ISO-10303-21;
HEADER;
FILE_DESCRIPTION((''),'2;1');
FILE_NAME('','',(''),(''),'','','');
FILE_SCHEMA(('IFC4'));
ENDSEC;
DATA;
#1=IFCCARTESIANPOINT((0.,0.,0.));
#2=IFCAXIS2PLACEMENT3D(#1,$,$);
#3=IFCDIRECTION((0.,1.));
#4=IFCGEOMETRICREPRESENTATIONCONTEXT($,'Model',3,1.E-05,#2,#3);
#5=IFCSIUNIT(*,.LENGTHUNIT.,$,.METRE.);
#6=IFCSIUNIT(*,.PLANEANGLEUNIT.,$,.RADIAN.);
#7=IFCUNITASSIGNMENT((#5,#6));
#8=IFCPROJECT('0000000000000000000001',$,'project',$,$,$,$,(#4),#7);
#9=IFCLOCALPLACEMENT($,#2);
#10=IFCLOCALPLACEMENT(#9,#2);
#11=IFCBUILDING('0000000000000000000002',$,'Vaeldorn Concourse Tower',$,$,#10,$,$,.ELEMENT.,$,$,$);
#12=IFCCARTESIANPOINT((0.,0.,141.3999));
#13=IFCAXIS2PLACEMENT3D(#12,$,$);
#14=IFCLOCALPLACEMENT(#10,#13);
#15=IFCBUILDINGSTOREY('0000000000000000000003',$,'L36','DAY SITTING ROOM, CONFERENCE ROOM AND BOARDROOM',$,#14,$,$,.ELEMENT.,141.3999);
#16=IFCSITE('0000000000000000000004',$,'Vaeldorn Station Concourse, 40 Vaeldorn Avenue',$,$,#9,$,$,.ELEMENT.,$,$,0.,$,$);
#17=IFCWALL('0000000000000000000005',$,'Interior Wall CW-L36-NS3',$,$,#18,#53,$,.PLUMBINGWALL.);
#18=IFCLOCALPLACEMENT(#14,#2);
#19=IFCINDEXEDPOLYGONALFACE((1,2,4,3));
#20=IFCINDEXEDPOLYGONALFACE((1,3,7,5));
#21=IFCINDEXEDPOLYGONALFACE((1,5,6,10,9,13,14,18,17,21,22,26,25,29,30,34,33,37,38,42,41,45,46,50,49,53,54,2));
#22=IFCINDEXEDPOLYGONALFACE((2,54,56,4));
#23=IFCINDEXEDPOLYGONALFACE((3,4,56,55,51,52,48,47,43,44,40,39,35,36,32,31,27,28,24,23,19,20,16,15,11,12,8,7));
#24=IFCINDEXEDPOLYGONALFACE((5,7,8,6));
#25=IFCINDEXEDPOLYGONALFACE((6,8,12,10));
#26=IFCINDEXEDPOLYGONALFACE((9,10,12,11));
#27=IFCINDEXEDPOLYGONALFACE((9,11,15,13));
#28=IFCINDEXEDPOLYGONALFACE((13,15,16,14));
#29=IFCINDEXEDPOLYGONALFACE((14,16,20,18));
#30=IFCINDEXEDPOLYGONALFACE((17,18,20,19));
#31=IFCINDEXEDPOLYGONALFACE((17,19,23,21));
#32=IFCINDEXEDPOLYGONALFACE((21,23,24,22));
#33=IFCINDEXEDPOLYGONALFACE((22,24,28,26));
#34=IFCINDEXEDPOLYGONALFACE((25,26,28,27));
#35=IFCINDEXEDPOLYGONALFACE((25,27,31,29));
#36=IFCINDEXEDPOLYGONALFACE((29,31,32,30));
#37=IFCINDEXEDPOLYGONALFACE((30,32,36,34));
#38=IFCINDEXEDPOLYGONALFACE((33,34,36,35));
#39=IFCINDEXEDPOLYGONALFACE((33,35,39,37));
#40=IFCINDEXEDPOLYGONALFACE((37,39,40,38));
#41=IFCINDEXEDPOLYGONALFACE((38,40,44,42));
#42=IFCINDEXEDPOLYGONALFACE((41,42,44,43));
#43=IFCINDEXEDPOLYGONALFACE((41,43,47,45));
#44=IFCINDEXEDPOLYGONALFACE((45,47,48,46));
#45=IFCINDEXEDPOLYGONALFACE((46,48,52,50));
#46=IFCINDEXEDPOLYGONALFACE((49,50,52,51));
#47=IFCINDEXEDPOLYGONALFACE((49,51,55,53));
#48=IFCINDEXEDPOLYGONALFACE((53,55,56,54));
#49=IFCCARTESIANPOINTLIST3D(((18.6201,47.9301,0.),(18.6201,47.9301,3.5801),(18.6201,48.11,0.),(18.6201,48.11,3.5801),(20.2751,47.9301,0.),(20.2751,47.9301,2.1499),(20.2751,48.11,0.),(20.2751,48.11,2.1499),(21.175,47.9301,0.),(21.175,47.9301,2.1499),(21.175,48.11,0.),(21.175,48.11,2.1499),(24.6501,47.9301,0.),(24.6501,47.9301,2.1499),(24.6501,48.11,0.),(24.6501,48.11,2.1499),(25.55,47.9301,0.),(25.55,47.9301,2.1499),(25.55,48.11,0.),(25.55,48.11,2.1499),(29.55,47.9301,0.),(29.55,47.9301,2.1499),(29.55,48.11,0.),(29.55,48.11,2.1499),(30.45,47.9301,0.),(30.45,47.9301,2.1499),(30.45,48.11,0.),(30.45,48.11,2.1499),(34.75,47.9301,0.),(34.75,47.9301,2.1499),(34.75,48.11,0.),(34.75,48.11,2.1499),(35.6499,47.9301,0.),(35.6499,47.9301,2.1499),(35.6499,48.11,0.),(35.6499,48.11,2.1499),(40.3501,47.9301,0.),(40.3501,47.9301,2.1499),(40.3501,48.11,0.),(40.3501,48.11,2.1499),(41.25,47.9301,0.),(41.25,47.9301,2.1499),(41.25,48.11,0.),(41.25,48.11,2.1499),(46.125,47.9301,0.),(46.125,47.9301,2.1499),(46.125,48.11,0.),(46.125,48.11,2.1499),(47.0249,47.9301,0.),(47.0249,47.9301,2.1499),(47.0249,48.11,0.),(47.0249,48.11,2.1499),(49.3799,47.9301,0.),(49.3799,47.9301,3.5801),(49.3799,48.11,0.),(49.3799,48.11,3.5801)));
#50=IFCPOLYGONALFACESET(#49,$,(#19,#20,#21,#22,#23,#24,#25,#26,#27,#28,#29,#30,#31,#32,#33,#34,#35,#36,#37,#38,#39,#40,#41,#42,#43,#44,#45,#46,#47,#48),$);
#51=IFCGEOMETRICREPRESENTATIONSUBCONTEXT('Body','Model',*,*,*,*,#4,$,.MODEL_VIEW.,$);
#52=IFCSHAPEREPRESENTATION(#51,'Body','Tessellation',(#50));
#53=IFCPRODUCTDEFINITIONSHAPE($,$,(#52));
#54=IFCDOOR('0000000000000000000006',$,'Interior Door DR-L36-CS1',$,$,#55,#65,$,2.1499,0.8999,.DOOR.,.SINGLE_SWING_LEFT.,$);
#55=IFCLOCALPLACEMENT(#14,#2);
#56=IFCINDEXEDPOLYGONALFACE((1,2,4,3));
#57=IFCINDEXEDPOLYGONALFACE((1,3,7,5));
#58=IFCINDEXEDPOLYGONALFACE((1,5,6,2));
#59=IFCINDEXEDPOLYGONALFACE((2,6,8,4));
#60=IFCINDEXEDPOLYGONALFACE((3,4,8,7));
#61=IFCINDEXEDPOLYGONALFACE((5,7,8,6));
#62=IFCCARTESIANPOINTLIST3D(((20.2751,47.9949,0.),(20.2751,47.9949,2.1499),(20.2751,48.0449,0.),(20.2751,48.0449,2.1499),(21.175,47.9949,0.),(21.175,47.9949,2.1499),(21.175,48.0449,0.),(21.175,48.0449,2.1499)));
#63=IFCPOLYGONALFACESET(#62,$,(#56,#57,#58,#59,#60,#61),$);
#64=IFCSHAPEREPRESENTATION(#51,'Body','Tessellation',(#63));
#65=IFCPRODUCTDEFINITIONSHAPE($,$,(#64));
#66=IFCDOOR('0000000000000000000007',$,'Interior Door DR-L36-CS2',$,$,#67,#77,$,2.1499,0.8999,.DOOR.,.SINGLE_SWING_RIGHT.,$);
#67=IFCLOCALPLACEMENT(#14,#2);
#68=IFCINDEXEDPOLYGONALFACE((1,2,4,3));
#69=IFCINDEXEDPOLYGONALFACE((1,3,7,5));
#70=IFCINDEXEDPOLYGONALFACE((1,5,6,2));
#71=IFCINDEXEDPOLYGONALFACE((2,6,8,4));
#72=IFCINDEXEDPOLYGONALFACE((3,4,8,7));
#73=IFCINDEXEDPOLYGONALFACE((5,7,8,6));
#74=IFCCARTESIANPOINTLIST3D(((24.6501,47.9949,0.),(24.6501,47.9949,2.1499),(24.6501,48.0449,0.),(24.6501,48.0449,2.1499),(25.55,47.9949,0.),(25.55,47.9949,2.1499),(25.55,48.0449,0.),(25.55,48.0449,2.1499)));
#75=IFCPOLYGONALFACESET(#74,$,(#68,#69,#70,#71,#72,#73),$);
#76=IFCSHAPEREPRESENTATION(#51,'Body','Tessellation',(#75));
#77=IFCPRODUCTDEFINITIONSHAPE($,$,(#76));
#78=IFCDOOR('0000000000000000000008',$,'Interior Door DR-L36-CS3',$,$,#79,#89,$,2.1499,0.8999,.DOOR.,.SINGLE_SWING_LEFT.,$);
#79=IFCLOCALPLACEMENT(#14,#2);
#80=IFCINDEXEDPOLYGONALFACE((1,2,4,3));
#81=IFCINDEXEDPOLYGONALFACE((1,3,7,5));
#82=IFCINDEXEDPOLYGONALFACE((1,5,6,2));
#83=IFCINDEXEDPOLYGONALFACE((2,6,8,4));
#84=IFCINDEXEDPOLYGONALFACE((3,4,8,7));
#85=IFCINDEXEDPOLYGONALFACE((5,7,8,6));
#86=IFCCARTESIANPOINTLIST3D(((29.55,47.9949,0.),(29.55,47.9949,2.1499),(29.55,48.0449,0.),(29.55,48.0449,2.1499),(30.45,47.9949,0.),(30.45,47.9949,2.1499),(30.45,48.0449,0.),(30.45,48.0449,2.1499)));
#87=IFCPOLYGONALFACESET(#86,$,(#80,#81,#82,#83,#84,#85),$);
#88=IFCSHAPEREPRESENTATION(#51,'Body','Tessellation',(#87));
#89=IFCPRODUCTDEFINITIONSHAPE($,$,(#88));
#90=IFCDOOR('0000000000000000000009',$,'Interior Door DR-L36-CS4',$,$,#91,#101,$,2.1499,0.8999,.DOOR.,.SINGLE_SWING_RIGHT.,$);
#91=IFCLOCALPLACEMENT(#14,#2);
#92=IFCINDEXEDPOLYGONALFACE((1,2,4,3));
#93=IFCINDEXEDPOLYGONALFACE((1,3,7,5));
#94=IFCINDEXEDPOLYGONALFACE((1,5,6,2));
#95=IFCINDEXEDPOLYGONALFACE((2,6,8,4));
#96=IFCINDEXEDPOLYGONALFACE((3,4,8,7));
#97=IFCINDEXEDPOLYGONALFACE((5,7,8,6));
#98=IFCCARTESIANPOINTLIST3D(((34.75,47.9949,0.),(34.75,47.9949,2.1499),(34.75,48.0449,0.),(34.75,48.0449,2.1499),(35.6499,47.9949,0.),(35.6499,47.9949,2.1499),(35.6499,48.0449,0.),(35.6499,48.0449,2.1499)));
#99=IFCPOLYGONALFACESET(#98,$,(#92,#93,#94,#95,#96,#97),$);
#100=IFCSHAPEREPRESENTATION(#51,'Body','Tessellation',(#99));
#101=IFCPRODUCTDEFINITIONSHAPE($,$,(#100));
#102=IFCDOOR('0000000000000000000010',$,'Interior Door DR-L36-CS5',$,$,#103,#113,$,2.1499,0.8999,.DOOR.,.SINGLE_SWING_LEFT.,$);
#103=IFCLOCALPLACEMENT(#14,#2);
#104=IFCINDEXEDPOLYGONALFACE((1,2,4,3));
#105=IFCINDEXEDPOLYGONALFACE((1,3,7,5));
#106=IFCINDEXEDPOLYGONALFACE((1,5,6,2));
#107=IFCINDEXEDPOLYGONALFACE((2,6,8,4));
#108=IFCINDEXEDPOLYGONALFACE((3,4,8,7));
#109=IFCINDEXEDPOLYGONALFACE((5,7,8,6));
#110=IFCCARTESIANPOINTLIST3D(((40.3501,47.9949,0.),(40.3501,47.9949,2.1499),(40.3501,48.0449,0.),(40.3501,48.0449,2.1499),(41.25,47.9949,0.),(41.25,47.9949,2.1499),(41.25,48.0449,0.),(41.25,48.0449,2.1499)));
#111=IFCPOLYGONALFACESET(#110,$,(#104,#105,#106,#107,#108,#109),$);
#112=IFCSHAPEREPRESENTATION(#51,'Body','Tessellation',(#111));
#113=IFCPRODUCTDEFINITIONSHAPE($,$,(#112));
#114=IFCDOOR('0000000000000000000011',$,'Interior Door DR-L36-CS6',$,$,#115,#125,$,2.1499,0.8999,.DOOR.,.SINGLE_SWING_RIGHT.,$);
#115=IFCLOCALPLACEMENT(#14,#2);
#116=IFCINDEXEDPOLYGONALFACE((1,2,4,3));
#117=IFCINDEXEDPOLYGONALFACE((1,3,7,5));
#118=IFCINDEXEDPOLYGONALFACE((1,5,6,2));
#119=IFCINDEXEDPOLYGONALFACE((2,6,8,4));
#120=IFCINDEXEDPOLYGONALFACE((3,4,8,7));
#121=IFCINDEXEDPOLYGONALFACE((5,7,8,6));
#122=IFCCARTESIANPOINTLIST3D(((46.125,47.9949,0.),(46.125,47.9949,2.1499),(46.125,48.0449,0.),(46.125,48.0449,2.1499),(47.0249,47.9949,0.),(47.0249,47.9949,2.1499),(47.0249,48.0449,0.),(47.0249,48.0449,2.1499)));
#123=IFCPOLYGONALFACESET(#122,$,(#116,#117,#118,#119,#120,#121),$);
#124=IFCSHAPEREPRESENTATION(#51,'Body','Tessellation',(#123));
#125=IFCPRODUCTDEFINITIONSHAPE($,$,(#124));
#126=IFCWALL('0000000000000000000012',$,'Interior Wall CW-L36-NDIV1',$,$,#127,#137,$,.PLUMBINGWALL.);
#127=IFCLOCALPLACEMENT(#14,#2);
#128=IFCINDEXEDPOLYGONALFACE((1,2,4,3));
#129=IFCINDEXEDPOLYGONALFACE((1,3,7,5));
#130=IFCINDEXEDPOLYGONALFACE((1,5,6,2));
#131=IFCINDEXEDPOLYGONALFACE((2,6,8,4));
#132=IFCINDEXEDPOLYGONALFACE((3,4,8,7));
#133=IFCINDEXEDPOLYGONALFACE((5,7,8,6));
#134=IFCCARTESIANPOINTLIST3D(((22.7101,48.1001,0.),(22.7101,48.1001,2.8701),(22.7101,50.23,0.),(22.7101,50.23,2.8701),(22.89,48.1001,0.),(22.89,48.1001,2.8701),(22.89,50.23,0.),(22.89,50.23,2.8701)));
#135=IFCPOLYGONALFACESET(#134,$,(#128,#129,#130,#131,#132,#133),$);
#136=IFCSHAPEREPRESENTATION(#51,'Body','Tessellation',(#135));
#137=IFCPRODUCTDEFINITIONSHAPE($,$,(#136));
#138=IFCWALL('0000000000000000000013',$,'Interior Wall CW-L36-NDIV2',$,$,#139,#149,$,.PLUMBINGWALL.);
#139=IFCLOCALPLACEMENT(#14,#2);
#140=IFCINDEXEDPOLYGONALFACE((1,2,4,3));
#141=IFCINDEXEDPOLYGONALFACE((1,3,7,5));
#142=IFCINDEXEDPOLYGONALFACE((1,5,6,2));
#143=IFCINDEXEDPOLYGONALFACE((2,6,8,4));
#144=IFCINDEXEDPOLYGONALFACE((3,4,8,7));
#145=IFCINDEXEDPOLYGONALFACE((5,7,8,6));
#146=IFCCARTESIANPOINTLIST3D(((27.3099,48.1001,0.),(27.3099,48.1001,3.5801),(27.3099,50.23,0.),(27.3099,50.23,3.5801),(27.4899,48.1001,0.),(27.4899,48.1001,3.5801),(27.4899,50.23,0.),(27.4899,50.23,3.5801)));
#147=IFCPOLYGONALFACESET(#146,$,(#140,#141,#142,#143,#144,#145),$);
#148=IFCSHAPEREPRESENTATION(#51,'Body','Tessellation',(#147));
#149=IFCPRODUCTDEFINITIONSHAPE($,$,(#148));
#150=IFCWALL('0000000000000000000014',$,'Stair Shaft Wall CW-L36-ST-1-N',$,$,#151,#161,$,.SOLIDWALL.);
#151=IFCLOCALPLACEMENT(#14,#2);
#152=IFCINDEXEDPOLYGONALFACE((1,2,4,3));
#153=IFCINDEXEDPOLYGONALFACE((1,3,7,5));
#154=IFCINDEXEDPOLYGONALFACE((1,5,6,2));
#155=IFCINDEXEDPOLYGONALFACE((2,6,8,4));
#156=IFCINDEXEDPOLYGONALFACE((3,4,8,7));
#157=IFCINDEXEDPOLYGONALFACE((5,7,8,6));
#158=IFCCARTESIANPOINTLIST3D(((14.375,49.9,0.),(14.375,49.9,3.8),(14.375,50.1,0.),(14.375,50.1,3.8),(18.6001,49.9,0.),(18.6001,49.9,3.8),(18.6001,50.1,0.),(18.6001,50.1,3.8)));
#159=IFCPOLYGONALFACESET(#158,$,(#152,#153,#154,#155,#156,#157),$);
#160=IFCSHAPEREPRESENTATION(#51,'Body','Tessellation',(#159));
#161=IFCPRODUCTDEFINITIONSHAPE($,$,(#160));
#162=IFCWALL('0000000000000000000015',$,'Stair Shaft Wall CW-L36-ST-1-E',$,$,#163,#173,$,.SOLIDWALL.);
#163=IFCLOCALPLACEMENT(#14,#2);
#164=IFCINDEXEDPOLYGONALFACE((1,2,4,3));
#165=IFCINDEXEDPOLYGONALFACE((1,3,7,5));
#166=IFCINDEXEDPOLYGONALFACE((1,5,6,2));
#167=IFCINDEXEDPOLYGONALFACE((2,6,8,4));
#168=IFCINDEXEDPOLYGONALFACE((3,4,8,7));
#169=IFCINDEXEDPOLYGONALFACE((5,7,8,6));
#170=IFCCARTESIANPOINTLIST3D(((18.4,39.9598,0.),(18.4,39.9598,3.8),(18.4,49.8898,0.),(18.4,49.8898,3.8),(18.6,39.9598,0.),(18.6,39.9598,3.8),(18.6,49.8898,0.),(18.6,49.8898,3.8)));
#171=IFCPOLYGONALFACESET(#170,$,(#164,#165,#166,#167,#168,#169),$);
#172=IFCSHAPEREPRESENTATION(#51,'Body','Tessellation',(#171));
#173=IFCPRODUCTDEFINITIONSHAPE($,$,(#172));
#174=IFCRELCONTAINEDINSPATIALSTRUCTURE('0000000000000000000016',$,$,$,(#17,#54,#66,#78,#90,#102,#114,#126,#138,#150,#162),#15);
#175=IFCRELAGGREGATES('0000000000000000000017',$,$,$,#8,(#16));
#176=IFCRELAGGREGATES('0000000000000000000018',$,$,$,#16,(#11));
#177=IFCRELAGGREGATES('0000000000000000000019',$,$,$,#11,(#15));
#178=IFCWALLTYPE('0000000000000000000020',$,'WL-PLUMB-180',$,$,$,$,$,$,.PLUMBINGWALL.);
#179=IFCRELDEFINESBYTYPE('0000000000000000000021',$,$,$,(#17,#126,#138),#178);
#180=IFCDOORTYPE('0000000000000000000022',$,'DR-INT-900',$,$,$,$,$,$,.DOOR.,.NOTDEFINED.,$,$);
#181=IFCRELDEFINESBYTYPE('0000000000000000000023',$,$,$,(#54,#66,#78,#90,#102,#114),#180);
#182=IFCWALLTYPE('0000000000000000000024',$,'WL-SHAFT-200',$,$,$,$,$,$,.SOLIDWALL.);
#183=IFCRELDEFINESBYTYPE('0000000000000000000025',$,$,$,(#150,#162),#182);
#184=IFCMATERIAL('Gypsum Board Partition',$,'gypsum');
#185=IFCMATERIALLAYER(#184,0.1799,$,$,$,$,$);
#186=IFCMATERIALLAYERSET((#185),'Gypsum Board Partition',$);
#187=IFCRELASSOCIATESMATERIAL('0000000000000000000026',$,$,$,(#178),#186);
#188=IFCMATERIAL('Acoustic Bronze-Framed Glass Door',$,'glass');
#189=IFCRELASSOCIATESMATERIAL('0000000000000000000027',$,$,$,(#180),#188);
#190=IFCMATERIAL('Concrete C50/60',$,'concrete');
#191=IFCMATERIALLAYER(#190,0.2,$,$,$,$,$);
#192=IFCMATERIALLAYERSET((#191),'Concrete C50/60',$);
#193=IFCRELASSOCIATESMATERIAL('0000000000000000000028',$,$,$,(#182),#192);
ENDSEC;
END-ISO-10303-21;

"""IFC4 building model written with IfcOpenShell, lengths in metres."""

from ifc_helpers import new_model, si_unit, direction, frame, frame_2d, origin, place, context, subcontext, project, spatial, rectangle, extrude, source, transform, mapped, material, layer, layer_set, type_object, element, fill, save


model = new_model("IFC4")

# Units and contexts
model_context = context("Model", 3, precision=1e-05, world=origin(), true_north=direction((0.0, 1.0)))
body_context = subcontext(model_context, "Body", "Model", "MODEL_VIEW")
ifc_project = project(units=[si_unit("LENGTHUNIT", "METRE"), si_unit("PLANEANGLEUNIT", "RADIAN")], contexts=[model_context])

# Site, building, storey
site_placement = place(None, origin())
site = spatial("IfcSite", under=ifc_project, at=site_placement, Name="Vaeldorn Station Concourse, 40 Vaeldorn Avenue", CompositionType="ELEMENT", RefElevation=0.0)
building_placement = place(site_placement, origin())
building = spatial("IfcBuilding", under=site, at=building_placement, Name="Vaeldorn Concourse Tower", CompositionType="ELEMENT")
storey_placement = place(building_placement, frame((0.0, 0.0, 141.3999)))
storey = spatial("IfcBuildingStorey", under=building, at=storey_placement, Name="L36", Description="DAY SITTING ROOM, CONFERENCE ROOM AND BOARDROOM", CompositionType="ELEMENT", Elevation=141.3999)

# Shared definitions
ifc_material_1 = material(Name="Gypsum Board Partition", Category="gypsum")

# Wall, openings, doors
ifc_layer_1 = layer(ifc_material_1, 0.1799)
ifc_layer_set_1 = layer_set([ifc_layer_1], Name="Gypsum Board Partition")
wall_type_1 = type_object("IfcWallType", Name="WL-PLUMB-180", PredefinedType="PLUMBINGWALL", material=ifc_layer_set_1)
wall_1_placement = place(storey_placement, frame((18.6201, 48.02, 0.0), z_axis=(0.0, 0.0, 1.0), x_axis=(1.0, 0.0, 0.0)))
wall_1 = element("IfcWall", 1, at=wall_1_placement, inside=storey, type_object=wall_type_1, Name="Interior Wall CW-L36-NS3", PredefinedType="PLUMBINGWALL", context=body_context, shape_type="SweptSolid", body=[
    extrude(rectangle(XDim=30.7598, YDim=0.1799, at=frame_2d((15.3799, 0.0))), origin(), (0.0, 0.0, 1.0), 3.5801),
])
opening_1_placement = place(wall_1_placement, frame((1.655, 0.0, 0.0)))
opening_1 = element("IfcOpeningElement", 2, at=opening_1_placement, cuts=wall_1, PredefinedType="OPENING", context=body_context, shape_type="SweptSolid", body=[
    extrude(rectangle(XDim=0.8999, YDim=2.1499, at=frame_2d((0.45, 1.075))), frame((0.0, 0.1001, 0.0), z_axis=(0.0, -1.0, 0.0), x_axis=(1.0, 0.0, 0.0)), (0.0, 0.0, 1.0), 0.2),
])
opening_2_placement = place(wall_1_placement, frame((6.03, 0.0, 0.0)))
opening_2 = element("IfcOpeningElement", 3, at=opening_2_placement, cuts=wall_1, PredefinedType="OPENING", context=body_context, shape_type="SweptSolid", body=[
    extrude(rectangle(XDim=0.8999, YDim=2.1499, at=frame_2d((0.45, 1.075))), frame((0.0, 0.1001, 0.0), z_axis=(0.0, -1.0, 0.0), x_axis=(1.0, 0.0, 0.0)), (0.0, 0.0, 1.0), 0.2),
])
opening_3_placement = place(wall_1_placement, frame((10.9299, 0.0, 0.0)))
opening_3 = element("IfcOpeningElement", 4, at=opening_3_placement, cuts=wall_1, PredefinedType="OPENING", context=body_context, shape_type="SweptSolid", body=[
    extrude(rectangle(XDim=0.8999, YDim=2.1499, at=frame_2d((0.45, 1.075))), frame((0.0, 0.1001, 0.0), z_axis=(0.0, -1.0, 0.0), x_axis=(1.0, 0.0, 0.0)), (0.0, 0.0, 1.0), 0.2),
])
opening_4_placement = place(wall_1_placement, frame((16.1299, 0.0, 0.0)))
opening_4 = element("IfcOpeningElement", 5, at=opening_4_placement, cuts=wall_1, PredefinedType="OPENING", context=body_context, shape_type="SweptSolid", body=[
    extrude(rectangle(XDim=0.8999, YDim=2.1499, at=frame_2d((0.45, 1.075))), frame((0.0, 0.1001, 0.0), z_axis=(0.0, -1.0, 0.0), x_axis=(1.0, 0.0, 0.0)), (0.0, 0.0, 1.0), 0.2),
])
opening_5_placement = place(wall_1_placement, frame((21.73, 0.0, 0.0)))
opening_5 = element("IfcOpeningElement", 6, at=opening_5_placement, cuts=wall_1, PredefinedType="OPENING", context=body_context, shape_type="SweptSolid", body=[
    extrude(rectangle(XDim=0.8999, YDim=2.1499, at=frame_2d((0.45, 1.075))), frame((0.0, 0.1001, 0.0), z_axis=(0.0, -1.0, 0.0), x_axis=(1.0, 0.0, 0.0)), (0.0, 0.0, 1.0), 0.2),
])
opening_6_placement = place(wall_1_placement, frame((27.5049, 0.0, 0.0)))
opening_6 = element("IfcOpeningElement", 7, at=opening_6_placement, cuts=wall_1, PredefinedType="OPENING", context=body_context, shape_type="SweptSolid", body=[
    extrude(rectangle(XDim=0.8999, YDim=2.1499, at=frame_2d((0.45, 1.075))), frame((0.0, 0.1001, 0.0), z_axis=(0.0, -1.0, 0.0), x_axis=(1.0, 0.0, 0.0)), (0.0, 0.0, 1.0), 0.2),
])
ifc_material_2 = material(Name="Acoustic Bronze-Framed Glass Door", Category="glass")
door_type_1 = type_object("IfcDoorType", Name="DR-INT-900", OperationType="NOTDEFINED", PredefinedType="DOOR", material=ifc_material_2)
shared_shape_1 = source(origin(), body_context, "Body", "SweptSolid", [
    extrude(rectangle(XDim=0.8999, YDim=2.1499, at=frame_2d((0.45, 1.075))), frame((0.0, 0.0249, 0.0), z_axis=(0.0, -1.0, 0.0), x_axis=(1.0, 0.0, 0.0)), (0.0, 0.0, 1.0), 0.05),
])
door_1_placement = place(opening_1_placement, origin())
door_1 = element("IfcDoor", 8, at=door_1_placement, inside=storey, type_object=door_type_1, Name="Interior Door DR-L36-CS1", OperationType="SINGLE_SWING_LEFT", OverallHeight=2.1499, OverallWidth=0.8999, PredefinedType="DOOR", context=body_context, shape_type="MappedRepresentation", body=[
    mapped(shared_shape_1, transform((0.0, 0.0, 0.0), scale=1.0)),
])
fill(opening_1, door_1)
door_2_placement = place(opening_2_placement, origin())
door_2 = element("IfcDoor", 9, at=door_2_placement, inside=storey, type_object=door_type_1, Name="Interior Door DR-L36-CS2", OperationType="SINGLE_SWING_RIGHT", OverallHeight=2.1499, OverallWidth=0.8999, PredefinedType="DOOR", context=body_context, shape_type="MappedRepresentation", body=[
    mapped(shared_shape_1, transform((0.0, 0.0, 0.0), scale=1.0)),
])
fill(opening_2, door_2)
door_3_placement = place(opening_3_placement, origin())
door_3 = element("IfcDoor", 10, at=door_3_placement, inside=storey, type_object=door_type_1, Name="Interior Door DR-L36-CS3", OperationType="SINGLE_SWING_LEFT", OverallHeight=2.1499, OverallWidth=0.8999, PredefinedType="DOOR", context=body_context, shape_type="MappedRepresentation", body=[
    mapped(shared_shape_1, transform((0.0, 0.0, 0.0), scale=1.0)),
])
fill(opening_3, door_3)
door_4_placement = place(opening_4_placement, origin())
door_4 = element("IfcDoor", 11, at=door_4_placement, inside=storey, type_object=door_type_1, Name="Interior Door DR-L36-CS4", OperationType="SINGLE_SWING_RIGHT", OverallHeight=2.1499, OverallWidth=0.8999, PredefinedType="DOOR", context=body_context, shape_type="MappedRepresentation", body=[
    mapped(shared_shape_1, transform((0.0, 0.0, 0.0), scale=1.0)),
])
fill(opening_4, door_4)
door_5_placement = place(opening_5_placement, origin())
door_5 = element("IfcDoor", 12, at=door_5_placement, inside=storey, type_object=door_type_1, Name="Interior Door DR-L36-CS5", OperationType="SINGLE_SWING_LEFT", OverallHeight=2.1499, OverallWidth=0.8999, PredefinedType="DOOR", context=body_context, shape_type="MappedRepresentation", body=[
    mapped(shared_shape_1, transform((0.0, 0.0, 0.0), scale=1.0)),
])
fill(opening_5, door_5)
door_6_placement = place(opening_6_placement, origin())
door_6 = element("IfcDoor", 13, at=door_6_placement, inside=storey, type_object=door_type_1, Name="Interior Door DR-L36-CS6", OperationType="SINGLE_SWING_RIGHT", OverallHeight=2.1499, OverallWidth=0.8999, PredefinedType="DOOR", context=body_context, shape_type="MappedRepresentation", body=[
    mapped(shared_shape_1, transform((0.0, 0.0, 0.0), scale=1.0)),
])
fill(opening_6, door_6)

# Walls
wall_2_placement = place(storey_placement, frame((22.8, 48.1001, 0.0), z_axis=(0.0, 0.0, 1.0), x_axis=(0.0, 1.0, 0.0)))
element("IfcWall", 14, at=wall_2_placement, inside=storey, type_object=wall_type_1, Name="Interior Wall CW-L36-NDIV1", PredefinedType="PLUMBINGWALL", context=body_context, shape_type="SweptSolid", body=[
    extrude(rectangle(XDim=2.1299, YDim=0.1799, at=frame_2d((1.0649, 0.0))), origin(), (0.0, 0.0, 1.0), 2.8701),
])
wall_3_placement = place(storey_placement, frame((27.3999, 48.1001, 0.0), z_axis=(0.0, 0.0, 1.0), x_axis=(0.0, 1.0, 0.0)))
element("IfcWall", 15, at=wall_3_placement, inside=storey, type_object=wall_type_1, Name="Interior Wall CW-L36-NDIV2", PredefinedType="PLUMBINGWALL", context=body_context, shape_type="SweptSolid", body=[
    extrude(rectangle(XDim=2.1299, YDim=0.1799, at=frame_2d((1.0649, 0.0))), origin(), (0.0, 0.0, 1.0), 3.5801),
])
ifc_material_3 = material(Name="Concrete C50/60", Category="concrete")
ifc_layer_2 = layer(ifc_material_3, 0.2)
ifc_layer_set_2 = layer_set([ifc_layer_2], Name="Concrete C50/60")
wall_type_2 = type_object("IfcWallType", Name="WL-SHAFT-200", PredefinedType="SOLIDWALL", material=ifc_layer_set_2)
wall_4_placement = place(storey_placement, frame((14.375, 50.0, 0.0), z_axis=(0.0, 0.0, 1.0), x_axis=(1.0, 0.0, 0.0)))
element("IfcWall", 16, at=wall_4_placement, inside=storey, type_object=wall_type_2, Name="Stair Shaft Wall CW-L36-ST-1-N", PredefinedType="SOLIDWALL", context=body_context, shape_type="SweptSolid", body=[
    extrude(rectangle(XDim=4.2251, YDim=0.2, at=frame_2d((2.1125, 0.0))), origin(), (0.0, 0.0, 1.0), 3.8),
])
wall_5_placement = place(storey_placement, frame((18.5, 39.96, 0.0), z_axis=(0.0, 0.0, 1.0), x_axis=(0.0, 1.0, 0.0)))
element("IfcWall", 17, at=wall_5_placement, inside=storey, type_object=wall_type_2, Name="Stair Shaft Wall CW-L36-ST-1-E", PredefinedType="SOLIDWALL", context=body_context, shape_type="SweptSolid", body=[
    extrude(rectangle(XDim=9.9299, YDim=0.2, at=frame_2d((4.9648, 0.0))), origin(), (0.0, 0.0, 1.0), 3.8),
])

save(model, "model.ifc")
